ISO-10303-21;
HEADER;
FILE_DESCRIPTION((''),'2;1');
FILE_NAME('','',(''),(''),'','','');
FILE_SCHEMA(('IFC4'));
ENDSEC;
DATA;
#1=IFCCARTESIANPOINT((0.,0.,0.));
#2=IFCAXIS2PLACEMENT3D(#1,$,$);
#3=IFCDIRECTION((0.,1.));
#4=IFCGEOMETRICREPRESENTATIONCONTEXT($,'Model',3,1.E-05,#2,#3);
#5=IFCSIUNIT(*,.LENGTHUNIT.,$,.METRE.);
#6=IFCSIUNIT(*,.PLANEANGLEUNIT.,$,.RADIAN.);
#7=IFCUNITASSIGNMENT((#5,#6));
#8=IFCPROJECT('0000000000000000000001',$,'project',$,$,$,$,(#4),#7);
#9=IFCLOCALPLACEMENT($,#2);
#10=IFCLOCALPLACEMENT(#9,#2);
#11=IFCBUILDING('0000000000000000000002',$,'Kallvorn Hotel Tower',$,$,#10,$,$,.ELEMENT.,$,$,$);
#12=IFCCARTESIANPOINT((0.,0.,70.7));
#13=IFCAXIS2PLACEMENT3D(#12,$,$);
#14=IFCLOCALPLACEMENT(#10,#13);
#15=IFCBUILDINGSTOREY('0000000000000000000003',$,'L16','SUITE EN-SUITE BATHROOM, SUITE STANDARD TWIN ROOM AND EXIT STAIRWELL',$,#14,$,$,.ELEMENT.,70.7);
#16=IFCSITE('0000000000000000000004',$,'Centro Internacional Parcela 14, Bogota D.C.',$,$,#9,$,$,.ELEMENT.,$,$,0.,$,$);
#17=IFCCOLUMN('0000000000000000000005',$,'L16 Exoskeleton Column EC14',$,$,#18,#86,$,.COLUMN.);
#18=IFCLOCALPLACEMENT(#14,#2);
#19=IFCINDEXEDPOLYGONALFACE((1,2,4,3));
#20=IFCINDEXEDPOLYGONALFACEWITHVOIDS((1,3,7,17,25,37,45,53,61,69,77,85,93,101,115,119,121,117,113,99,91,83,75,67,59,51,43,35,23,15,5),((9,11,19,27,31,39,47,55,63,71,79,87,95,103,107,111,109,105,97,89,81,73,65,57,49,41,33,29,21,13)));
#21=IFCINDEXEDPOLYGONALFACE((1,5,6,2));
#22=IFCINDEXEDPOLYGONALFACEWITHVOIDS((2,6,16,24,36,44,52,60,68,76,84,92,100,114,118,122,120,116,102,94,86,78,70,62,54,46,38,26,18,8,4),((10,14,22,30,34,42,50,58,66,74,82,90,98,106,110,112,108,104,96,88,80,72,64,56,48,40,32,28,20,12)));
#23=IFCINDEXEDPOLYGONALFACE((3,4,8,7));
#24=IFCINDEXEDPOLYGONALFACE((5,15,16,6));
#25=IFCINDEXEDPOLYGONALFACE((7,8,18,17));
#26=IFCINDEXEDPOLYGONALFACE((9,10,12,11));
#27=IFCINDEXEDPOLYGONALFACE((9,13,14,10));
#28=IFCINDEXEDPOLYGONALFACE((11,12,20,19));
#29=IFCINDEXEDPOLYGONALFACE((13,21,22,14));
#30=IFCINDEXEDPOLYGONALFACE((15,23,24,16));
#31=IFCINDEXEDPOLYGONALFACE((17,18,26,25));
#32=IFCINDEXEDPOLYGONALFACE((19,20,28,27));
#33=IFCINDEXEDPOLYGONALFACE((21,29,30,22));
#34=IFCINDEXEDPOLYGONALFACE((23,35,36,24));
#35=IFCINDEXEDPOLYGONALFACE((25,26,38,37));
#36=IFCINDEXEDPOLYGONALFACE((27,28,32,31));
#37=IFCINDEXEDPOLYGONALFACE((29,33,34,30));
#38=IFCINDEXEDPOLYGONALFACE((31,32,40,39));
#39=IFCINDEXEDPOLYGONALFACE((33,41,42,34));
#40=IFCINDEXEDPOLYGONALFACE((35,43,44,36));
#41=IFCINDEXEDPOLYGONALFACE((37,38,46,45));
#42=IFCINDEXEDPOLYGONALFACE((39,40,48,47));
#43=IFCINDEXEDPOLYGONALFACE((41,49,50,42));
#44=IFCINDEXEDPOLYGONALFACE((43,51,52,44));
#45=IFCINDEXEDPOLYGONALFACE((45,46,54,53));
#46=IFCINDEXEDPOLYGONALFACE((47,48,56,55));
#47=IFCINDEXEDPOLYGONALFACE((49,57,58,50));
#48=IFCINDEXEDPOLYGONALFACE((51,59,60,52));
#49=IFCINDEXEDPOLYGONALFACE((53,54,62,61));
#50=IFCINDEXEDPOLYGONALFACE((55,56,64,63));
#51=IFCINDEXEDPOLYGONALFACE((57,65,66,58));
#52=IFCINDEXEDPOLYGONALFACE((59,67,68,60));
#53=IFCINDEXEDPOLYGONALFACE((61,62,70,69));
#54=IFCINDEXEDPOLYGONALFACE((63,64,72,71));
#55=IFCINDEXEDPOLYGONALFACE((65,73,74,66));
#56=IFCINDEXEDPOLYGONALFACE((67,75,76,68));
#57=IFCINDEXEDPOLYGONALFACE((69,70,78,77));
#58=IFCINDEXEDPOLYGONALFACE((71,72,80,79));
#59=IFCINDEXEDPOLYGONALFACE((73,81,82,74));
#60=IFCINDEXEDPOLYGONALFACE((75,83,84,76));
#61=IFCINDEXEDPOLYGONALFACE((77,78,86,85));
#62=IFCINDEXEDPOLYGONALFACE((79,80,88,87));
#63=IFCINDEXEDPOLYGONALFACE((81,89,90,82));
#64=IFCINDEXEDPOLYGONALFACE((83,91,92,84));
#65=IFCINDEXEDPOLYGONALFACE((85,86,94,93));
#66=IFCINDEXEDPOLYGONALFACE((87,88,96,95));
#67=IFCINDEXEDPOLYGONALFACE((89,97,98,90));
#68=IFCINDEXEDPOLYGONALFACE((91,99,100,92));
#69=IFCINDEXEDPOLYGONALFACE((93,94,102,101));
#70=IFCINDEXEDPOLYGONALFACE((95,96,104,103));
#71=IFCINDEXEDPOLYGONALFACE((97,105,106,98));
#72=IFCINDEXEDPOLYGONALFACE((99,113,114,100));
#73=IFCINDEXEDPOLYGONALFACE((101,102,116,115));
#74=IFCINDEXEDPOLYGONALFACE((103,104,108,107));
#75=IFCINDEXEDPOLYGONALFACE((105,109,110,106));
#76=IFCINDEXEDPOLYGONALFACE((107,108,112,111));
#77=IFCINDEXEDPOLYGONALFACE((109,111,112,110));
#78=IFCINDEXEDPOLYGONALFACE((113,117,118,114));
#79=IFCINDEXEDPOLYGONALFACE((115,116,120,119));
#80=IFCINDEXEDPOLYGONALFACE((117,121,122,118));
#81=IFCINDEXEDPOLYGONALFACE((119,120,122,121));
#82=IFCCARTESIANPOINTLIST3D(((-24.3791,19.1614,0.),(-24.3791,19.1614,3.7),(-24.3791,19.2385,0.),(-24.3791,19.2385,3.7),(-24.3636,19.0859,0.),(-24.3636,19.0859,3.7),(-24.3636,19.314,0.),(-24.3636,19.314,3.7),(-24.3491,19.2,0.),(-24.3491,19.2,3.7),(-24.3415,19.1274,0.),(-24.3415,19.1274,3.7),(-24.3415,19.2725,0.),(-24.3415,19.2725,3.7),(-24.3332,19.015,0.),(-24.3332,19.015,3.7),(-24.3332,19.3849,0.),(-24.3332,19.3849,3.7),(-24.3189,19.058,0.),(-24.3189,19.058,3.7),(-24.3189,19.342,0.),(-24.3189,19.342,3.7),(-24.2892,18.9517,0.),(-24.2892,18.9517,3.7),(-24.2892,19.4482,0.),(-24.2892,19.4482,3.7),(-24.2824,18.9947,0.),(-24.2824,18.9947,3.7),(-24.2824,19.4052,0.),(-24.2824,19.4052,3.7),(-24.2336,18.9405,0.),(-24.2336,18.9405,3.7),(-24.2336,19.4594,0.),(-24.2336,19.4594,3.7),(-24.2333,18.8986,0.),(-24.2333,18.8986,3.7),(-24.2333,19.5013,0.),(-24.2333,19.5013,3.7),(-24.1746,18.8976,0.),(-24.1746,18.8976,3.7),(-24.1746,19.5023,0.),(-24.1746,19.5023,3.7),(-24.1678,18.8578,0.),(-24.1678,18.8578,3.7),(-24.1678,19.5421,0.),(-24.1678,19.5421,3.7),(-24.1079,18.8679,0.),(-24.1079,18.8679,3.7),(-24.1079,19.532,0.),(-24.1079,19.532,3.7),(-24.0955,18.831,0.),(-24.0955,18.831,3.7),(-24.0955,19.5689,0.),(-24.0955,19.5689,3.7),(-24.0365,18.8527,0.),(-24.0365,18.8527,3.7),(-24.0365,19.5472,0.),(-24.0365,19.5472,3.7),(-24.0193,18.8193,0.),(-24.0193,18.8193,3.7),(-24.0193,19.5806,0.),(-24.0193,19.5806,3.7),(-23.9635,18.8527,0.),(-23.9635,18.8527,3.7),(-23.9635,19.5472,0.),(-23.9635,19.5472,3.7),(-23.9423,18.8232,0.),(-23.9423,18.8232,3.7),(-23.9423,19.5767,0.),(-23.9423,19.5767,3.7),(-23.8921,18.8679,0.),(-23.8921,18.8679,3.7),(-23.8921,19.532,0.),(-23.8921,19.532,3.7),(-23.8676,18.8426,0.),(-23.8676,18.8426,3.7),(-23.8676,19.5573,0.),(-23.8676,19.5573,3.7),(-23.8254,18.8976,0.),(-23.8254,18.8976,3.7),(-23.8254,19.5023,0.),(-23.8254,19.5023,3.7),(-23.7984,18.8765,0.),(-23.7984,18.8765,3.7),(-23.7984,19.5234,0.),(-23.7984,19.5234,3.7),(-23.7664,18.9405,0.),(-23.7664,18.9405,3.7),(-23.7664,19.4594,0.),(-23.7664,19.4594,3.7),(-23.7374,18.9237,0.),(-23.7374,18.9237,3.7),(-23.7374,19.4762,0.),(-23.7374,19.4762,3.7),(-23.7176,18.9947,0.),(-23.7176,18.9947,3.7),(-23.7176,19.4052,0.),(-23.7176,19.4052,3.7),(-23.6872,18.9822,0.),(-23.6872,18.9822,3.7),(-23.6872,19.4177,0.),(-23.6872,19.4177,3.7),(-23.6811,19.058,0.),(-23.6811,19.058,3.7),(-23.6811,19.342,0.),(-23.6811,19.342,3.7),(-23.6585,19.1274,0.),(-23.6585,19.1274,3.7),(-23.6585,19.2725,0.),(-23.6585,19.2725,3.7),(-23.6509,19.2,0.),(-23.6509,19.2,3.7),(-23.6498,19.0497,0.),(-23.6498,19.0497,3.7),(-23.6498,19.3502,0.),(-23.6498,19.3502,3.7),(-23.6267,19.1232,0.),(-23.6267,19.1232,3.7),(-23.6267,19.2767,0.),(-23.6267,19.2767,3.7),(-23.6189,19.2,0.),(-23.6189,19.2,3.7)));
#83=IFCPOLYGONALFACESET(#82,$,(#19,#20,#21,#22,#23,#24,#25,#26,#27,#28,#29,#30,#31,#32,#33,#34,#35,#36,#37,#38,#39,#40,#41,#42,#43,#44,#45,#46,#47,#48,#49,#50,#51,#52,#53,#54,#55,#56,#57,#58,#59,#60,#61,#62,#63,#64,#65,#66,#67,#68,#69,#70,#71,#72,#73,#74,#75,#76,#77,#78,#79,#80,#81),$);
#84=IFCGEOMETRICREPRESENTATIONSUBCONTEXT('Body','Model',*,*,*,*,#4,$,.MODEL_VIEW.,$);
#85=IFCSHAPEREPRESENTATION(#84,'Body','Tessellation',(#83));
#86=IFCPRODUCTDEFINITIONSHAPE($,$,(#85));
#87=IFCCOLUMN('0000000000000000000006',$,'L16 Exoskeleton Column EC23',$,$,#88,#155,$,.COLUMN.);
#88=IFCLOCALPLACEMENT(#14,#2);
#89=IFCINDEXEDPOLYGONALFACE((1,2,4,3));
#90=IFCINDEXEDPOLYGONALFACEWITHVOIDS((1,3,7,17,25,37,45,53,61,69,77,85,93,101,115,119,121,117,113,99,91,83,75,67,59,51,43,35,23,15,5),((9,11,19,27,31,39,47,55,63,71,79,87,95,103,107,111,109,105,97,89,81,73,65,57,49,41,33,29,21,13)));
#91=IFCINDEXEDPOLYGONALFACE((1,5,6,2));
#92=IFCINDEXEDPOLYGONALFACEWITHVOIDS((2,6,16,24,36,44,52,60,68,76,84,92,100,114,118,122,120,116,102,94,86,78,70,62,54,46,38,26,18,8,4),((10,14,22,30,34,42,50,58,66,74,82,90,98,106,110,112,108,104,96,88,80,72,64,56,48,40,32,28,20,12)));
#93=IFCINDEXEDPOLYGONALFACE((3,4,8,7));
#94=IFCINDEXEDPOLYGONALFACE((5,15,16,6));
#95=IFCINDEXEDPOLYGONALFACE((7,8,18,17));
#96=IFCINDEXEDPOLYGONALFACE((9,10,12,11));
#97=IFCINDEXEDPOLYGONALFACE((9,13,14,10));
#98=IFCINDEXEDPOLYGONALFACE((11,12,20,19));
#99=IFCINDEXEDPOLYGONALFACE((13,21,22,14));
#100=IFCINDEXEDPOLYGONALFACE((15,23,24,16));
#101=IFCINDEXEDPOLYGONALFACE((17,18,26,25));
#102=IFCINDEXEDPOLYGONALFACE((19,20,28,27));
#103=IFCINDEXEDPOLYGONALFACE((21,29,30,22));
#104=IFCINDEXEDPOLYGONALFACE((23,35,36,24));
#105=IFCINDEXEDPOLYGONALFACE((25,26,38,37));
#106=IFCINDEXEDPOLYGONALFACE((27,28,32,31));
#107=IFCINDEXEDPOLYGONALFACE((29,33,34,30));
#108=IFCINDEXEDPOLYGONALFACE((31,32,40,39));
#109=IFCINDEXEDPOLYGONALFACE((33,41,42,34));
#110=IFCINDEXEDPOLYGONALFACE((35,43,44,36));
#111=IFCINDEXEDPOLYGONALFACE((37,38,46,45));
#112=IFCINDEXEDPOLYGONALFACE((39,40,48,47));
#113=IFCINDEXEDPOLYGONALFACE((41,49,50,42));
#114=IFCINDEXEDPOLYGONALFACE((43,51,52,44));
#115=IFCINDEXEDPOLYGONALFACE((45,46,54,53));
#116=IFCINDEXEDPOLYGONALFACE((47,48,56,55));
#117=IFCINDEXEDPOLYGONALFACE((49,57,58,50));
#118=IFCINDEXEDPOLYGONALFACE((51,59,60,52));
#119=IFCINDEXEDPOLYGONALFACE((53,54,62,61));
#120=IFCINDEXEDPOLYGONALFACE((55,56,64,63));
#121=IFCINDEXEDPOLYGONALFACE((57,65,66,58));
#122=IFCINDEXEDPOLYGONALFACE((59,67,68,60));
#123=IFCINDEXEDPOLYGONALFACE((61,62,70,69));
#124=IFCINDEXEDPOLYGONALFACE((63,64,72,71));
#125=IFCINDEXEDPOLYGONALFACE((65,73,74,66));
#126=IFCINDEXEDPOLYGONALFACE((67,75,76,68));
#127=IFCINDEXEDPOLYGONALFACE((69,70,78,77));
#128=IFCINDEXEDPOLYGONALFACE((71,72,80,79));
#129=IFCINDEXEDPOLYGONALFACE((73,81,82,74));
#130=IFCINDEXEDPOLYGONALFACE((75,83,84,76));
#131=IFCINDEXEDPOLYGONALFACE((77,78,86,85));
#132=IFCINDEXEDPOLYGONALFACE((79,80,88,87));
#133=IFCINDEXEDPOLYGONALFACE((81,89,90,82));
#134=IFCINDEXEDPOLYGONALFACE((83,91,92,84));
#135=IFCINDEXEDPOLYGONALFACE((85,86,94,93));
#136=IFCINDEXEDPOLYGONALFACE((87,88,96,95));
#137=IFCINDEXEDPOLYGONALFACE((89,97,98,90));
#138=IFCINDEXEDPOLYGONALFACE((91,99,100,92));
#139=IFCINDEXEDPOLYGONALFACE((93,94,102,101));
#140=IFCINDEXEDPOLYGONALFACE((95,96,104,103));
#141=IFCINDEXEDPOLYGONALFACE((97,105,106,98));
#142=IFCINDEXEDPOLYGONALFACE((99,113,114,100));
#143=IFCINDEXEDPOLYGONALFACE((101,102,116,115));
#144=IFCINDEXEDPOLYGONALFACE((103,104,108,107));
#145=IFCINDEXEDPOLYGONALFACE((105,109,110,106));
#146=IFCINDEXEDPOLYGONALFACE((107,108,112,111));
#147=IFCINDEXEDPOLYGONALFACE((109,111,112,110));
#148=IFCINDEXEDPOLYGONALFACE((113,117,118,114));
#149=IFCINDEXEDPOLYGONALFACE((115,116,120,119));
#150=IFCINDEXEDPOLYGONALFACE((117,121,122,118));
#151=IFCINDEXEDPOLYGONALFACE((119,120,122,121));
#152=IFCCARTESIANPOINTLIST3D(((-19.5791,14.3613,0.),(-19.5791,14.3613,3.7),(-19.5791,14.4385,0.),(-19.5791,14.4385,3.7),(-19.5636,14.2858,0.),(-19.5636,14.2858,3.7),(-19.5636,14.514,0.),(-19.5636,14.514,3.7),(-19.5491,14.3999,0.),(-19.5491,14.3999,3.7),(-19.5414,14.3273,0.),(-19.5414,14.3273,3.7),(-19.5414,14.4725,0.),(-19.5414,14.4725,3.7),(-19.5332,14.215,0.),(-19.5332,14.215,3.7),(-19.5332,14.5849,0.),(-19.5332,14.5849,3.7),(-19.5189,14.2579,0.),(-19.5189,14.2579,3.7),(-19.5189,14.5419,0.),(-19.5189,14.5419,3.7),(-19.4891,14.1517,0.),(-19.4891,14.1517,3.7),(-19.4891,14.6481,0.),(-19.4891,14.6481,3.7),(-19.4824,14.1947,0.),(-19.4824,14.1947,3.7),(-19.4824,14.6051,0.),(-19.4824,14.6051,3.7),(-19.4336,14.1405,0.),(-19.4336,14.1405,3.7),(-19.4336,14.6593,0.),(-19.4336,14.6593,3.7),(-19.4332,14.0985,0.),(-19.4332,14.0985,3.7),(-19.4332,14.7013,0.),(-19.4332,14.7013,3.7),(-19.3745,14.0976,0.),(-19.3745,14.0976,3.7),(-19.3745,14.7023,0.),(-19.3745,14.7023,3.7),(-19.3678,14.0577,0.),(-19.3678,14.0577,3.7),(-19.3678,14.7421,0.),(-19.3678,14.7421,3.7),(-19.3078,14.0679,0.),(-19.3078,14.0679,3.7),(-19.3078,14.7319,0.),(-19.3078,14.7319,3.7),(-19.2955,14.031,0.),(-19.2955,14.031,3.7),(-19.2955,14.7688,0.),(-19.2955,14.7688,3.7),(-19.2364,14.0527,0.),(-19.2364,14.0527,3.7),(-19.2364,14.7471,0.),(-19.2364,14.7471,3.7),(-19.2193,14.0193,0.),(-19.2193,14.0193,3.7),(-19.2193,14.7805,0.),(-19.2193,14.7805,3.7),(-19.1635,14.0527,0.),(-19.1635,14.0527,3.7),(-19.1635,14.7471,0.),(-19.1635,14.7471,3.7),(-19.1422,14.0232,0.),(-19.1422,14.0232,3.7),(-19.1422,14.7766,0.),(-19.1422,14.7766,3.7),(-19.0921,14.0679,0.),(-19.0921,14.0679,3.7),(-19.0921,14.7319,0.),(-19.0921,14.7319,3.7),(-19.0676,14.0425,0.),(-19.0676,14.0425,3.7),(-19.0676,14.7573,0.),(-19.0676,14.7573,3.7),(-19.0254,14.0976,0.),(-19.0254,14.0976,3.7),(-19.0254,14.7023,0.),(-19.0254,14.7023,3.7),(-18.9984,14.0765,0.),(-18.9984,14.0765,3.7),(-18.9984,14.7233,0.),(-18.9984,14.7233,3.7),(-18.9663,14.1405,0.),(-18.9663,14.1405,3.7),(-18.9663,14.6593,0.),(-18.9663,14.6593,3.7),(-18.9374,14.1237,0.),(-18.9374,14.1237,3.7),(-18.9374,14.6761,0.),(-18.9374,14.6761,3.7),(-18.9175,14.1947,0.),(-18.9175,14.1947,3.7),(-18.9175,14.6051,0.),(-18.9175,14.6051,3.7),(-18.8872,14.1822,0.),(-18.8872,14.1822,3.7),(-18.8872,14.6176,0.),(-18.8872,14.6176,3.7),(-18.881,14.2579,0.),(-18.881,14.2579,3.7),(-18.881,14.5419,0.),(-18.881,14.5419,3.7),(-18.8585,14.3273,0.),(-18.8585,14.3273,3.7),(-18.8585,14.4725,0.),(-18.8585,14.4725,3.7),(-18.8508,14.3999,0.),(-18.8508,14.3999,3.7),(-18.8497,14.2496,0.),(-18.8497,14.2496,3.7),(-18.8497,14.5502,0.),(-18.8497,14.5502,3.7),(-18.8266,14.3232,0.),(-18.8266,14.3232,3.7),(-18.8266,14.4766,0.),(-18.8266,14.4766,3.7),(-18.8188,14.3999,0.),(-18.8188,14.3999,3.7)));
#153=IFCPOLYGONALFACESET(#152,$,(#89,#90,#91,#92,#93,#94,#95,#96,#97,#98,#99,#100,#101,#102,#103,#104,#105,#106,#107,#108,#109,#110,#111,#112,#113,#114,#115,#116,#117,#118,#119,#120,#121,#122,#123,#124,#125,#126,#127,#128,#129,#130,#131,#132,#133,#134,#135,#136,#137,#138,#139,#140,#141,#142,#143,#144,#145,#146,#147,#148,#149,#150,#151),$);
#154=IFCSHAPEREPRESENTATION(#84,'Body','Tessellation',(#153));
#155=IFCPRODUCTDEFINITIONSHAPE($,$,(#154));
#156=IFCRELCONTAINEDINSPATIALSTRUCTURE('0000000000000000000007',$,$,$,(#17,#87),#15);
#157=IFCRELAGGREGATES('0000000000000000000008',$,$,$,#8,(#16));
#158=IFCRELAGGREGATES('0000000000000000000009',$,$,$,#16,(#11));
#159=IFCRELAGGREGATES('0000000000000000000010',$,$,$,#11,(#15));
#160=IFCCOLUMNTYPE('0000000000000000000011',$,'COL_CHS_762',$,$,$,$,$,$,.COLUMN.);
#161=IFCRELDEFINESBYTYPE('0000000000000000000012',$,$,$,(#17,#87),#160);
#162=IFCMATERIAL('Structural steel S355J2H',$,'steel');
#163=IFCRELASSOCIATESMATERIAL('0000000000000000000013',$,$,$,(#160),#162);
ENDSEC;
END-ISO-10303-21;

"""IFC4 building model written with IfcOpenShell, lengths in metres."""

from ifc_helpers import new_model, si_unit, direction, frame, origin, origin_2d, place, context, subcontext, project, spatial, hollow_circle, extrude, material, material_profile, profile_set, type_object, element, save


model = new_model("IFC4")

# Units and contexts
model_context = context("Model", 3, precision=1e-05, world=origin(), true_north=direction((0.0, 1.0)))
body_context = subcontext(model_context, "Body", "Model", "MODEL_VIEW")
ifc_project = project(units=[si_unit("LENGTHUNIT", "METRE"), si_unit("PLANEANGLEUNIT", "RADIAN")], contexts=[model_context])

# Site, building, storey
site_placement = place(None, origin())
site = spatial("IfcSite", under=ifc_project, at=site_placement, Name="Centro Internacional Parcela 14, Bogota D.C.", CompositionType="ELEMENT", RefElevation=0.0)
building_placement = place(site_placement, origin())
building = spatial("IfcBuilding", under=site, at=building_placement, Name="Kallvorn Hotel Tower", CompositionType="ELEMENT")
storey_placement = place(building_placement, frame((0.0, 0.0, 70.7)))
storey = spatial("IfcBuildingStorey", under=building, at=storey_placement, Name="L16", Description="SUITE EN-SUITE BATHROOM, SUITE STANDARD TWIN ROOM AND EXIT STAIRWELL", CompositionType="ELEMENT", Elevation=70.7)

# Columns
ifc_material_1 = material(Name="Structural steel S355J2H", Category="steel")
ifc_material_profile_1 = material_profile(ifc_material_1, hollow_circle(Radius=0.3811, WallThickness=0.032, at=origin_2d()), Name="CHS 762x32")
ifc_profile_set_1 = profile_set([ifc_material_profile_1], Name="Structural steel S355J2H")
column_type_1 = type_object("IfcColumnType", Name="COL_CHS_762", PredefinedType="COLUMN", material=ifc_profile_set_1)
for number, where, z_axis, x_axis, name in (
    (1, (-24.0, 19.2, 0.0), (0.0, 0.0, 1.0), (1.0, 0.0, 0.0), "L16 Exoskeleton Column EC14"),
    (2, (-19.2, 14.3999, 0.0), (0.0, 0.0, 1.0), (1.0, 0.0, 0.0), "L16 Exoskeleton Column EC23"),
):
    element("IfcColumn", number, at=place(storey_placement, frame(where, z_axis=z_axis, x_axis=x_axis)), inside=storey, type_object=column_type_1, Name=name, PredefinedType="COLUMN", context=body_context, shape_type="SweptSolid", body=[
        extrude(hollow_circle(Radius=0.3811, WallThickness=0.032, at=origin_2d()), origin(), (0.0, 0.0, 1.0), 3.7),
    ])

save(model, "model.ifc")
